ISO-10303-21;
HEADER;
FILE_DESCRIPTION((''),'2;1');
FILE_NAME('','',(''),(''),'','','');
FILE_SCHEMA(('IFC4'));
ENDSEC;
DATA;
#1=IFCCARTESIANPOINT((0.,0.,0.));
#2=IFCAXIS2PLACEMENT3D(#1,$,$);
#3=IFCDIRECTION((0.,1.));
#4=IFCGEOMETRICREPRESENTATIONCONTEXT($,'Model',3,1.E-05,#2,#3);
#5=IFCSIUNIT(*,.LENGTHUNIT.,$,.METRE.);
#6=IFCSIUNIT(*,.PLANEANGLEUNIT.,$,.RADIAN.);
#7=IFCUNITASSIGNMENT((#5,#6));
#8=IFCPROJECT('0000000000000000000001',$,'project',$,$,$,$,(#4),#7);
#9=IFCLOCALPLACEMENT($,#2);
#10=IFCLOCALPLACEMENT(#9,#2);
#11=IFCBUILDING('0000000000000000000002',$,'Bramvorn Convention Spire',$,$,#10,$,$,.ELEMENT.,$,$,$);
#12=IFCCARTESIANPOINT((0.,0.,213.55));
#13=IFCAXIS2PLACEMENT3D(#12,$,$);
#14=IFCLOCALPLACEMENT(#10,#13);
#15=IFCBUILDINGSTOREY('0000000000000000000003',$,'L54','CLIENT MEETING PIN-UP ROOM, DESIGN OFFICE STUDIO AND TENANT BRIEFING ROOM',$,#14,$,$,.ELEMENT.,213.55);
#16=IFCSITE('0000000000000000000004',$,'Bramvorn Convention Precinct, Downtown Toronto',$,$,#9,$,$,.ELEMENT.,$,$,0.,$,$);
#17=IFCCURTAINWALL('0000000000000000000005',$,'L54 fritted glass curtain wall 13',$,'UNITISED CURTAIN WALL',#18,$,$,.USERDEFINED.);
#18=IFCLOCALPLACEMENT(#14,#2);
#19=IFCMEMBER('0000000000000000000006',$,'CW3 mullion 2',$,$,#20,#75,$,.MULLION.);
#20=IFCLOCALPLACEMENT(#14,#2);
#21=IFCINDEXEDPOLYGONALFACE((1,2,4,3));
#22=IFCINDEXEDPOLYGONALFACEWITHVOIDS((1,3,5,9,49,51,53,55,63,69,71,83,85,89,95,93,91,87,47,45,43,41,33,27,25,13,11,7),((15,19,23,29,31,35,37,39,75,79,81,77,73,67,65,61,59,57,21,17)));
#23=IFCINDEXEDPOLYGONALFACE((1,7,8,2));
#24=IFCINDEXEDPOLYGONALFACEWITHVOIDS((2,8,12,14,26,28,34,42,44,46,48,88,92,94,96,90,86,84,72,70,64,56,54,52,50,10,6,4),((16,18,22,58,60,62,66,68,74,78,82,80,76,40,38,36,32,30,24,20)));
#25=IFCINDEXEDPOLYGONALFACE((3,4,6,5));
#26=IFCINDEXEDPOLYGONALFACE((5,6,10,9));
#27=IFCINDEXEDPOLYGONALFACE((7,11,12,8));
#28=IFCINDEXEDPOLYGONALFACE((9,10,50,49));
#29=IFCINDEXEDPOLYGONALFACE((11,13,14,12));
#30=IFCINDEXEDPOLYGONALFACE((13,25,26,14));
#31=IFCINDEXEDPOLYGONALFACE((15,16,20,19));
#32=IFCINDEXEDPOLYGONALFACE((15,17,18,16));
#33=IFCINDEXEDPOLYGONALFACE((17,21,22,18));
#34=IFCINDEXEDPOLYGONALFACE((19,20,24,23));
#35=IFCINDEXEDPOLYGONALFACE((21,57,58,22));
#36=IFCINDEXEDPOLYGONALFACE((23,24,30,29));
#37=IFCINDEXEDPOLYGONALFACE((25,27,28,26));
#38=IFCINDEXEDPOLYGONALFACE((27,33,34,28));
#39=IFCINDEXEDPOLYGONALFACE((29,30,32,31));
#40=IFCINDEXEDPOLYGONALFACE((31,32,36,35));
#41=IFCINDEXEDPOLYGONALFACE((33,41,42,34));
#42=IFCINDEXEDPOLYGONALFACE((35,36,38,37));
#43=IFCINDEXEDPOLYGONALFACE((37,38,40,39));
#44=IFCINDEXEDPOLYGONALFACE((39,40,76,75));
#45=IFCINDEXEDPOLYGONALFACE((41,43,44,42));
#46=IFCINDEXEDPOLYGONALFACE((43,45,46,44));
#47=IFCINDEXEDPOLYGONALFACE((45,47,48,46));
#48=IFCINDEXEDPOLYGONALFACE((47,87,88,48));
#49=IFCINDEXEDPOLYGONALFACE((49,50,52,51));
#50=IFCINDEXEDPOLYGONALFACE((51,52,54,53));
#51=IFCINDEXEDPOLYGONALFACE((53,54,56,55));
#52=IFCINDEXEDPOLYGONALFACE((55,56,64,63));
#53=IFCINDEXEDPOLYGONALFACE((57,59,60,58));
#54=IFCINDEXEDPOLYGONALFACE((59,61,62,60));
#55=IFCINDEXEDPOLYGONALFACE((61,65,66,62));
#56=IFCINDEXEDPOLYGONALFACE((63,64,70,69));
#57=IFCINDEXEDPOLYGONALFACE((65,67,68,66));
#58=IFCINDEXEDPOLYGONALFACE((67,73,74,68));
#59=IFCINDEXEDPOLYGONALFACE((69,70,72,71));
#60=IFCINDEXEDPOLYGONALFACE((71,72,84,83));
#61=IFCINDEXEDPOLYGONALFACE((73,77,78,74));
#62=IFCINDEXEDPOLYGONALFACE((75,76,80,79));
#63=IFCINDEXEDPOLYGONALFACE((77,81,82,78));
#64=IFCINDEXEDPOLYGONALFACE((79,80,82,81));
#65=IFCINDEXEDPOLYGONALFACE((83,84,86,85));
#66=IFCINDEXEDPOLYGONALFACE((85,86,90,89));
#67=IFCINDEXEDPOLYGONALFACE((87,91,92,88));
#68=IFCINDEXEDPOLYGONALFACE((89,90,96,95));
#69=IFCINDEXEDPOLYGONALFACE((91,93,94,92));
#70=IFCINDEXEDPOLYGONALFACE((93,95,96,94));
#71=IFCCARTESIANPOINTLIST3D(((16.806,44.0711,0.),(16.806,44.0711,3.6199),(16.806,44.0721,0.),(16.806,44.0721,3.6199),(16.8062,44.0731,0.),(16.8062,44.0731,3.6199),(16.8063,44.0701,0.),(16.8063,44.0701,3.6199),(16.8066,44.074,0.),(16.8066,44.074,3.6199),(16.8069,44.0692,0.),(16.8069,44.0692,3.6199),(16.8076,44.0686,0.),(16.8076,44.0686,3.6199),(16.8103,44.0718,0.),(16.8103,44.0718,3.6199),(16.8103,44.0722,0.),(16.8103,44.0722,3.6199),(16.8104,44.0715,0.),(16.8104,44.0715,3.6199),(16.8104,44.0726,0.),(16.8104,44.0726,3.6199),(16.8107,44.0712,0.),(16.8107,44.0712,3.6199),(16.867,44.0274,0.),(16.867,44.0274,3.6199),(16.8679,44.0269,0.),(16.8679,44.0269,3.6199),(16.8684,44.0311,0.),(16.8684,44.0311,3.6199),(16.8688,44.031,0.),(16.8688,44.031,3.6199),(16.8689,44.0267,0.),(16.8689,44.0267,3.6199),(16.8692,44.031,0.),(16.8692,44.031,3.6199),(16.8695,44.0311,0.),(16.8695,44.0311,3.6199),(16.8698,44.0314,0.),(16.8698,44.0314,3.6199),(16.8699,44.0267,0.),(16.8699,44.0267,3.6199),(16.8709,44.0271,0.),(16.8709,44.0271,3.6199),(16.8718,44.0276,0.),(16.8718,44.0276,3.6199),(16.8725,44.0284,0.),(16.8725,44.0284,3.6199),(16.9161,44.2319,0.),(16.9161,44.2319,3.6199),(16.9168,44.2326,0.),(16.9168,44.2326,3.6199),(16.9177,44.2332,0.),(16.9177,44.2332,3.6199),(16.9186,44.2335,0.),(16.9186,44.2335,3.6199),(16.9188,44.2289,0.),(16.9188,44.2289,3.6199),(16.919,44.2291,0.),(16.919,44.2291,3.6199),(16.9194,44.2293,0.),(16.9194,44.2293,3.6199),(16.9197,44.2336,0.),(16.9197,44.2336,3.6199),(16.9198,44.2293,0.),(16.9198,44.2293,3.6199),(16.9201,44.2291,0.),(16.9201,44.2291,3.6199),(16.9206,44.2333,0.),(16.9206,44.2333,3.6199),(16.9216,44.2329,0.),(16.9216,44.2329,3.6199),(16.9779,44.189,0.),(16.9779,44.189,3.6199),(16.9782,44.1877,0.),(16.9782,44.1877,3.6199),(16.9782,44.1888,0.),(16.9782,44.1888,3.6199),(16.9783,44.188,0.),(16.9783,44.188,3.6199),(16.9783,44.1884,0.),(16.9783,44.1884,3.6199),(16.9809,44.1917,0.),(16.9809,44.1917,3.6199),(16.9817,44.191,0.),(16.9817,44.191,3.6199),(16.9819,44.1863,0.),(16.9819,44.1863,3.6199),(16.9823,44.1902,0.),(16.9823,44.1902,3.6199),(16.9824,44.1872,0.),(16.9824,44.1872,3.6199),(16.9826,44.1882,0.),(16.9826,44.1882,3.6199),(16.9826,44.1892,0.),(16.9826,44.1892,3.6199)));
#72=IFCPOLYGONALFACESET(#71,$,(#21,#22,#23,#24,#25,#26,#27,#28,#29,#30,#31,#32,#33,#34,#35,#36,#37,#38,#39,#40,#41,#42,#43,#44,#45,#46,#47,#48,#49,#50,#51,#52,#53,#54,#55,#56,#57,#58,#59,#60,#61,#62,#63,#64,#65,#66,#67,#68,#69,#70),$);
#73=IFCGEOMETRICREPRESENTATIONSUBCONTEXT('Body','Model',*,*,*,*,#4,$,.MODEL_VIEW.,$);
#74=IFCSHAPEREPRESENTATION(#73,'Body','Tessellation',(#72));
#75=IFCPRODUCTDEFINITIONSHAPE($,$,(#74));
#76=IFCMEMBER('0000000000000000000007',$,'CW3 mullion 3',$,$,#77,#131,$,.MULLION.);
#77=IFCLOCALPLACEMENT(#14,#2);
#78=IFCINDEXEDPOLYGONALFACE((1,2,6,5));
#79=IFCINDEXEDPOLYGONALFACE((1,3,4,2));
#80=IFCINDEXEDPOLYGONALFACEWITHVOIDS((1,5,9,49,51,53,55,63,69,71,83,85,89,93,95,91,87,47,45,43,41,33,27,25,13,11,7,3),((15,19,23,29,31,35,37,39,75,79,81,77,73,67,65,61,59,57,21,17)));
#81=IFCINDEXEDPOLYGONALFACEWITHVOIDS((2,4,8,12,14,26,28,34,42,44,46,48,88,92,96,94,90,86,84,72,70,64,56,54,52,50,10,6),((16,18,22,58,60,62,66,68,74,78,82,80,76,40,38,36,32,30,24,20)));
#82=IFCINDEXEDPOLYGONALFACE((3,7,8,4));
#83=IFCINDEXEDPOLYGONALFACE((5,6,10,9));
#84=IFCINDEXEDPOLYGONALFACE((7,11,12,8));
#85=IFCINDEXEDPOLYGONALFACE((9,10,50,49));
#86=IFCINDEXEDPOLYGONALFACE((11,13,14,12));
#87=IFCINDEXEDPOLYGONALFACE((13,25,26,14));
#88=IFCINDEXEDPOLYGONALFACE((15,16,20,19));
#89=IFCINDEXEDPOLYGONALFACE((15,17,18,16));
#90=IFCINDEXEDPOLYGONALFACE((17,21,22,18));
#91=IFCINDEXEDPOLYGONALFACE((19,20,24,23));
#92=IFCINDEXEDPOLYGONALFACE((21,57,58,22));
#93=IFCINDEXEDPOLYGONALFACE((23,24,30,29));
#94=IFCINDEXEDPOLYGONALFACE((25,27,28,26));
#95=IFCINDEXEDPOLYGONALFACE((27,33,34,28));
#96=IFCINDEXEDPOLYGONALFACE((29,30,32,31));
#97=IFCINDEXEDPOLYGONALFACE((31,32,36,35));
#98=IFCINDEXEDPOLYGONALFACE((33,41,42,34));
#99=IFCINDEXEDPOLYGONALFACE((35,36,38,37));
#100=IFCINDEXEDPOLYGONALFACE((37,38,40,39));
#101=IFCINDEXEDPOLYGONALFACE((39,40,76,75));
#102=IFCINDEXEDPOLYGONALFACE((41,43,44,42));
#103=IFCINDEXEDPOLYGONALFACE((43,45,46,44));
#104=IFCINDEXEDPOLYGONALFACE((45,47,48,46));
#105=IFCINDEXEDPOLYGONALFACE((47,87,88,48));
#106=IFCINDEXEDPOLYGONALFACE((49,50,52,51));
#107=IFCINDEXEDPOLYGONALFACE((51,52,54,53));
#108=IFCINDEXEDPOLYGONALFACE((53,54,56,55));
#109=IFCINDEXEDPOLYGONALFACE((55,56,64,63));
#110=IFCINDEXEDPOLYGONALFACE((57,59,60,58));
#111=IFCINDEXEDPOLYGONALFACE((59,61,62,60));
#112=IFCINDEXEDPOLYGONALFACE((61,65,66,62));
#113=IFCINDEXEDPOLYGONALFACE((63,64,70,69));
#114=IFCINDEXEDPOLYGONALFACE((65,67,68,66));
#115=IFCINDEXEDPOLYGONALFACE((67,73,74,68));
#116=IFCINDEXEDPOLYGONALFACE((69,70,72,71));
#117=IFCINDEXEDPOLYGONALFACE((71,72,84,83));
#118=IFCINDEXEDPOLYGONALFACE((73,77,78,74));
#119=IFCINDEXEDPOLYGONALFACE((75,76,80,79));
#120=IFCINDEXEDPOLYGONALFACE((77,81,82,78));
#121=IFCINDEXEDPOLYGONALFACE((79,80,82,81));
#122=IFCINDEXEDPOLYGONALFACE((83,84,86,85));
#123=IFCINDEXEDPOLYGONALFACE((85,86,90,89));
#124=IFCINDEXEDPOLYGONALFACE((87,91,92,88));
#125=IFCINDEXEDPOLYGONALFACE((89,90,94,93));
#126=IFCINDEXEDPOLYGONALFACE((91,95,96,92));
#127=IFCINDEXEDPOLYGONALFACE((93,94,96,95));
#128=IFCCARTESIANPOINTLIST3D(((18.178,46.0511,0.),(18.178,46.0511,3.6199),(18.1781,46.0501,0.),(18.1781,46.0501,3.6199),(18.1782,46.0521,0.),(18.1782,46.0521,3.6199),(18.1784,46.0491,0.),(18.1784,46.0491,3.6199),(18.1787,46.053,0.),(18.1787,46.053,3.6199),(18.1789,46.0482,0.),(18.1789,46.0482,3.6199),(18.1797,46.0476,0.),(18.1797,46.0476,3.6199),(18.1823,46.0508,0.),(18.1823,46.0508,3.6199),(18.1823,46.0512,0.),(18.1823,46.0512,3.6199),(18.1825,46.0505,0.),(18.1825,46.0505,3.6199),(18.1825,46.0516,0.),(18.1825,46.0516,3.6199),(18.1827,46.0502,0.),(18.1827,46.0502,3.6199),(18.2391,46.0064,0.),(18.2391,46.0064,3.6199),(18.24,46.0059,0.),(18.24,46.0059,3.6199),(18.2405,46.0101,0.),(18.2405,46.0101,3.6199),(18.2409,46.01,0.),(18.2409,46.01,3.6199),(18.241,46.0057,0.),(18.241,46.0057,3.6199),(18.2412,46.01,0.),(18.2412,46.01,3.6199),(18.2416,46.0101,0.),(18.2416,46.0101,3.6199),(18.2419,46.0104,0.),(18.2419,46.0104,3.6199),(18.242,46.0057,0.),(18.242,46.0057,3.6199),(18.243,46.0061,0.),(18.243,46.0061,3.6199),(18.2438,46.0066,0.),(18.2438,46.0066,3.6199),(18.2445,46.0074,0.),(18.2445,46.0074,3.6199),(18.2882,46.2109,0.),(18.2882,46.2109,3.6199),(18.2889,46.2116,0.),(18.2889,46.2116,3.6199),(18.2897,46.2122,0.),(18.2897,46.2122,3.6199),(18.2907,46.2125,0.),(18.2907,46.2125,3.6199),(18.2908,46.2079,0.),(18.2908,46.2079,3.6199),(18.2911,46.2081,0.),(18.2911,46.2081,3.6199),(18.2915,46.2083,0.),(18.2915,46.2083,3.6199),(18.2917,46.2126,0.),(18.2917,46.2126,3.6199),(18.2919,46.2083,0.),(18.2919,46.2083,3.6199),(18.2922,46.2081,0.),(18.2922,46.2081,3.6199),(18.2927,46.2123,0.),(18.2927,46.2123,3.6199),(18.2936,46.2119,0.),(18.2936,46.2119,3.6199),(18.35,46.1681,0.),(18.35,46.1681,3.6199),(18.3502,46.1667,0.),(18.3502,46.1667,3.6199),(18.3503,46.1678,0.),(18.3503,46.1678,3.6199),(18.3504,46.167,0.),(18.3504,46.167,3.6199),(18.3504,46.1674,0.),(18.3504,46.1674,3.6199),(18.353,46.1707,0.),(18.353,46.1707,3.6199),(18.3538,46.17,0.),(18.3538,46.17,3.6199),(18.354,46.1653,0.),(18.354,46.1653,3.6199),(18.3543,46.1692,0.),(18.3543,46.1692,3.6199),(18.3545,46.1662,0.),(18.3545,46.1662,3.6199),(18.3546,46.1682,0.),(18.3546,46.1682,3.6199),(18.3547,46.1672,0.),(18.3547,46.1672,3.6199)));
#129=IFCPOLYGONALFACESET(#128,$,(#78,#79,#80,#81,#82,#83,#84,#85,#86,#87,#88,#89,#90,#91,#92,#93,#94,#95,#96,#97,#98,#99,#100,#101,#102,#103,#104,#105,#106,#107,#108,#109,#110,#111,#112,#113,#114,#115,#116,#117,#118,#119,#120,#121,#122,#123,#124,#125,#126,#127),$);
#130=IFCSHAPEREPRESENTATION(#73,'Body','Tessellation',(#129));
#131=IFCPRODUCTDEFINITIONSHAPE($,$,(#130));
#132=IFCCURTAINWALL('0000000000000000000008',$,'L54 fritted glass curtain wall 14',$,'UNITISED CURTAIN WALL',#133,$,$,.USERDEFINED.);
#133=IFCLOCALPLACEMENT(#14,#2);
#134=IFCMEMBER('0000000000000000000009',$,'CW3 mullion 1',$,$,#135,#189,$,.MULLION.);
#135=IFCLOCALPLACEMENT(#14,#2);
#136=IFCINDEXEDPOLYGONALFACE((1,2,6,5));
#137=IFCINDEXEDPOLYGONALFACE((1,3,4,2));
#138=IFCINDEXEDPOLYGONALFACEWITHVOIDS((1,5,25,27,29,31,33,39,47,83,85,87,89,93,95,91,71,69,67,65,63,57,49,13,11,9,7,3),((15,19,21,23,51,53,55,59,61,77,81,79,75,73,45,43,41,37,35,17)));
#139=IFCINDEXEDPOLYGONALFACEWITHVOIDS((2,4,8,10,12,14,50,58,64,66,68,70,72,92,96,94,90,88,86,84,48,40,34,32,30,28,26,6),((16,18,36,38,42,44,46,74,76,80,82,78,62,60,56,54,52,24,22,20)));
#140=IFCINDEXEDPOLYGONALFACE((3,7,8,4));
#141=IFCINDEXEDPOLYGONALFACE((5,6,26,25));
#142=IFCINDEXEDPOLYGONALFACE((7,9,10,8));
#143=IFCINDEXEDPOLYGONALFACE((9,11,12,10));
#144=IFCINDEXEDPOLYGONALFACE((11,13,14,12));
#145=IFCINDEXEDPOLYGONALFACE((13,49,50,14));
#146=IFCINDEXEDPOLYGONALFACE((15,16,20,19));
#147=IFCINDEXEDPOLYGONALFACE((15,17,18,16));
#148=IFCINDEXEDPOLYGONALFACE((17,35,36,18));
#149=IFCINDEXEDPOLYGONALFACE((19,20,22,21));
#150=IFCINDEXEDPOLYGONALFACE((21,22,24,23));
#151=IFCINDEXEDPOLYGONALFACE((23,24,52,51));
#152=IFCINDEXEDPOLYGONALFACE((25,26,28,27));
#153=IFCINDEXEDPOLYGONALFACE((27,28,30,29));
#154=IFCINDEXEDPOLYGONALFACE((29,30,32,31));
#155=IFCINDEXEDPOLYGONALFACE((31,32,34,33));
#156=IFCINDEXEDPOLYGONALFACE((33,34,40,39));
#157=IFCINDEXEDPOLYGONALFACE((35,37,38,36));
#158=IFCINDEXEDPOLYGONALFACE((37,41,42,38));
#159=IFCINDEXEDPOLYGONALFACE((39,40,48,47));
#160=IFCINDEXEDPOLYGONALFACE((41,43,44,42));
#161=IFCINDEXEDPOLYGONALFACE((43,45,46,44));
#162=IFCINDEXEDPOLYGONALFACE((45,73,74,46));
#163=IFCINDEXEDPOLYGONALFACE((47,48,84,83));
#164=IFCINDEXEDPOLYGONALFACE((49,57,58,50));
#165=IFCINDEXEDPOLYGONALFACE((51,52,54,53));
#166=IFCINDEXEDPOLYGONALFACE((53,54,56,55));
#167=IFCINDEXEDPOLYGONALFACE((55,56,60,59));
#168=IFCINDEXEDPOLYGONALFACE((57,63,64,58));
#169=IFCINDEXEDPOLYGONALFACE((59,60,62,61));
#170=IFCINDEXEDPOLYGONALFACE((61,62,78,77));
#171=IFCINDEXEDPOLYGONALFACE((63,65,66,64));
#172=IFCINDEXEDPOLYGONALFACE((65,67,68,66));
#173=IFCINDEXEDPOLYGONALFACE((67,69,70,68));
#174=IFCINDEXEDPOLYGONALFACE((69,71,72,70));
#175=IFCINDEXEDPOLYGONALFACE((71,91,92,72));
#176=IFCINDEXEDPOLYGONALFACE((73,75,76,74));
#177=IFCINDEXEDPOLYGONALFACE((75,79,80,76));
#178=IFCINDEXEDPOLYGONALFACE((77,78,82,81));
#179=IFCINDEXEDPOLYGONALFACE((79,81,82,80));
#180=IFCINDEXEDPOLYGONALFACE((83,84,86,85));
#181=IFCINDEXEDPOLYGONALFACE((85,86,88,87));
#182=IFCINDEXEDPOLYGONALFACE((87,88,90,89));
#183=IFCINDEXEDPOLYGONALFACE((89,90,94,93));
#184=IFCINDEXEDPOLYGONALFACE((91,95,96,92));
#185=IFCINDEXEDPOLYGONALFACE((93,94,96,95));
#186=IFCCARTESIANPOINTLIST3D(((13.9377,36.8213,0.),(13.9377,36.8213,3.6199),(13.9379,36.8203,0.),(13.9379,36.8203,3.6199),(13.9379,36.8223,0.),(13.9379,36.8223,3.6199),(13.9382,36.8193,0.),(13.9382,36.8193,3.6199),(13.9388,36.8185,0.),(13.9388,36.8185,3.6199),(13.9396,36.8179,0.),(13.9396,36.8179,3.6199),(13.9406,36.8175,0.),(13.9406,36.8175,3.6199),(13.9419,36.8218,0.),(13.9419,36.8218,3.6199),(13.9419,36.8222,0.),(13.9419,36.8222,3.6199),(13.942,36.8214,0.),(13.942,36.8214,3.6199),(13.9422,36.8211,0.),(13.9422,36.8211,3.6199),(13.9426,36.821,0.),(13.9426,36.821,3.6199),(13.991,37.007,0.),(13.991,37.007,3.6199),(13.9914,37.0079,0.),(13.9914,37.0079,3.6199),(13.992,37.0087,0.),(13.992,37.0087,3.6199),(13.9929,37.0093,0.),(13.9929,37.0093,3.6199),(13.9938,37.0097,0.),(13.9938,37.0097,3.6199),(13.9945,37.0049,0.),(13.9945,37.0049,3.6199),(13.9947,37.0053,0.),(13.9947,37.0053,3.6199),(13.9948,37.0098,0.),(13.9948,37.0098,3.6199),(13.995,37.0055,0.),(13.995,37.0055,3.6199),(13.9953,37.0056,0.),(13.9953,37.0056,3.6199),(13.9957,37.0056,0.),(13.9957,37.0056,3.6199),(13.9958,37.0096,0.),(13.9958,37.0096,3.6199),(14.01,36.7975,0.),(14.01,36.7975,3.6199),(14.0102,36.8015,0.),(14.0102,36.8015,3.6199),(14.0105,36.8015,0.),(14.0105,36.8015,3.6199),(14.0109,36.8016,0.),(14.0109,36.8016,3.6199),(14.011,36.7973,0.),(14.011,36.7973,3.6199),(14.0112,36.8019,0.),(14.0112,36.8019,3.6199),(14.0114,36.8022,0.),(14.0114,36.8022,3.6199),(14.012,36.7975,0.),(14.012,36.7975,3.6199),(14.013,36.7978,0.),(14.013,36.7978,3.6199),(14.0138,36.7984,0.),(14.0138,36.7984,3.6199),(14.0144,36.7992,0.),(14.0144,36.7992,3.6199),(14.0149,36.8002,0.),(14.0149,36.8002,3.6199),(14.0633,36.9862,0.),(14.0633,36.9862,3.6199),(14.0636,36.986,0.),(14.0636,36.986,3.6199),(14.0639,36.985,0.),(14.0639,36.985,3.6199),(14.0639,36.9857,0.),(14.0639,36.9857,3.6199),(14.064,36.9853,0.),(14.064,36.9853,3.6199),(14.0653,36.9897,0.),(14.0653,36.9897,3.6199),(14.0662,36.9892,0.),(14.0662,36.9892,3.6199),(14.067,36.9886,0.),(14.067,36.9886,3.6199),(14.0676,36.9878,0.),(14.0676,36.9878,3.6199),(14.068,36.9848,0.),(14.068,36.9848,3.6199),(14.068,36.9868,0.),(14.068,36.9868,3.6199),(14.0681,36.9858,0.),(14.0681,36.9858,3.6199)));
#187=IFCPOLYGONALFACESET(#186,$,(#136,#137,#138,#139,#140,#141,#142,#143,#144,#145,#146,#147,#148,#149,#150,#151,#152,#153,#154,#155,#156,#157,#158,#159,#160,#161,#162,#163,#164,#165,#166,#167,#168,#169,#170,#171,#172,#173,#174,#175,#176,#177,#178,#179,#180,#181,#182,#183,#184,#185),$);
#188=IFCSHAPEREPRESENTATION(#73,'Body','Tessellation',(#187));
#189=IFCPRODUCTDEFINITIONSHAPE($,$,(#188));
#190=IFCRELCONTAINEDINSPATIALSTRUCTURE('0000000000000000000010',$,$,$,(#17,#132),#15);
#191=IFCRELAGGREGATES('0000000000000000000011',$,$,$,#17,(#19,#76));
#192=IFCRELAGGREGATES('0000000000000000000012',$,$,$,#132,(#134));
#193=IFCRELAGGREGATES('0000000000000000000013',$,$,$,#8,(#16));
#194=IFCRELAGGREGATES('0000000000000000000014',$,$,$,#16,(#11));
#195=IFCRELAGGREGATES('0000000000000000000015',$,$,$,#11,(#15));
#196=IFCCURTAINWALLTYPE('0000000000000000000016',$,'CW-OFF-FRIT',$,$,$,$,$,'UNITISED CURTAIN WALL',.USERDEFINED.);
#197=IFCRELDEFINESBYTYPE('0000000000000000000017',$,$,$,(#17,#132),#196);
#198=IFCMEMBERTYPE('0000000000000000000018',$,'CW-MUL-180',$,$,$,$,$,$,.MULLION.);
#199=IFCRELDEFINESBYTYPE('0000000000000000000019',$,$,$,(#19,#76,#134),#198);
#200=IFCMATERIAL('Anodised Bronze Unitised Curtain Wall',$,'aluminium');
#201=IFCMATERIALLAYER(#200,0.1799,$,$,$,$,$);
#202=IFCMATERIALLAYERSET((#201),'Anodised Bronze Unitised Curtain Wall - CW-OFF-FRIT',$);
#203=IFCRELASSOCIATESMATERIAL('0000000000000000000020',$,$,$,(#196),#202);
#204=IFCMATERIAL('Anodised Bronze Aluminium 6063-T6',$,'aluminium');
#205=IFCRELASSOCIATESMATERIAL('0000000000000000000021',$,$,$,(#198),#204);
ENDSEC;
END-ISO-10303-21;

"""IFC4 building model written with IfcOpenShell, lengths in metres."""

from ifc_helpers import new_model, si_unit, direction, frame, origin, origin_2d, place, context, subcontext, project, spatial, hollow_rectangle, extrude, material, layer, layer_set, material_profile, profile_set, type_object, element, aggregate, save


model = new_model("IFC4")

# Units and contexts
model_context = context("Model", 3, precision=1e-05, world=origin(), true_north=direction((0.0, 1.0)))
body_context = subcontext(model_context, "Body", "Model", "MODEL_VIEW")
ifc_project = project(units=[si_unit("LENGTHUNIT", "METRE"), si_unit("PLANEANGLEUNIT", "RADIAN")], contexts=[model_context])

# Site, building, storey
site_placement = place(None, origin())
site = spatial("IfcSite", under=ifc_project, at=site_placement, Name="Bramvorn Convention Precinct, Downtown Toronto", CompositionType="ELEMENT", RefElevation=0.0)
building_placement = place(site_placement, origin())
building = spatial("IfcBuilding", under=site, at=building_placement, Name="Bramvorn Convention Spire", CompositionType="ELEMENT")
storey_placement = place(building_placement, frame((0.0, 0.0, 213.55)))
storey = spatial("IfcBuildingStorey", under=building, at=storey_placement, Name="L54", Description="CLIENT MEETING PIN-UP ROOM, DESIGN OFFICE STUDIO AND TENANT BRIEFING ROOM", CompositionType="ELEMENT", Elevation=213.55)

# Curtain walls, members
ifc_material_1 = material(Name="Anodised Bronze Unitised Curtain Wall", Category="aluminium")
ifc_layer_1 = layer(ifc_material_1, 0.1799)
ifc_layer_set_1 = layer_set([ifc_layer_1], Name="Anodised Bronze Unitised Curtain Wall - CW-OFF-FRIT")
curtain_wall_type = type_object("IfcCurtainWallType", Name="CW-OFF-FRIT", ElementType="UNITISED CURTAIN WALL", PredefinedType="USERDEFINED", material=ifc_layer_set_1)
curtain_wall_1_placement = place(storey_placement, origin())
curtain_wall_1 = element("IfcCurtainWall", 1, at=curtain_wall_1_placement, inside=storey, type_object=curtain_wall_type, Name="L54 fritted glass curtain wall 13", ObjectType="UNITISED CURTAIN WALL", PredefinedType="USERDEFINED")
ifc_material_2 = material(Name="Anodised Bronze Aluminium 6063-T6", Category="aluminium")
ifc_material_profile_1 = material_profile(ifc_material_2, hollow_rectangle(XDim=0.0801, YDim=0.2, WallThickness=0.0039, InnerFilletRadius=0.001, OuterFilletRadius=0.0039, at=origin_2d()))
ifc_profile_set_1 = profile_set([ifc_material_profile_1], Name="Anodised Bronze Aluminium 6063-T6 - CWM80X200")
member_type_1 = type_object("IfcMemberType", Name="CW-MUL-180", PredefinedType="MULLION", material=ifc_profile_set_1)
member_1_placement = place(storey_placement, frame((16.8943, 44.1301, 0.0), z_axis=(0.0, 0.0, 1.0), x_axis=(-0.821813, 0.569757, 0.0)))
member_1 = element("IfcMember", 2, at=member_1_placement, type_object=member_type_1, Name="CW3 mullion 2", PredefinedType="MULLION", context=body_context, shape_type="SweptSolid", body=[
    extrude(hollow_rectangle(XDim=0.0801, YDim=0.2, WallThickness=0.0039, InnerFilletRadius=0.001, OuterFilletRadius=0.0039, at=origin_2d()), origin(), (0.0, 0.0, 1.0), 3.6199),
])
member_2_placement = place(storey_placement, frame((18.2664, 46.1091, 0.0), z_axis=(0.0, 0.0, 1.0), x_axis=(-0.821813, 0.569757, 0.0)))
member_2 = element("IfcMember", 3, at=member_2_placement, type_object=member_type_1, Name="CW3 mullion 3", PredefinedType="MULLION", context=body_context, shape_type="SweptSolid", body=[
    extrude(hollow_rectangle(XDim=0.0801, YDim=0.2, WallThickness=0.0039, InnerFilletRadius=0.001, OuterFilletRadius=0.0039, at=origin_2d()), origin(), (0.0, 0.0, 1.0), 3.6199),
])
curtain_wall_2_placement = place(storey_placement, origin())
curtain_wall_2 = element("IfcCurtainWall", 4, at=curtain_wall_2_placement, inside=storey, type_object=curtain_wall_type, Name="L54 fritted glass curtain wall 14", ObjectType="UNITISED CURTAIN WALL", PredefinedType="USERDEFINED")
member_3_placement = place(storey_placement, frame((14.0029, 36.9036, 0.0), z_axis=(0.0, 0.0, 1.0), x_axis=(-0.961037, 0.27642, 0.0)))
member_3 = element("IfcMember", 5, at=member_3_placement, type_object=member_type_1, Name="CW3 mullion 1", PredefinedType="MULLION", context=body_context, shape_type="SweptSolid", body=[
    extrude(hollow_rectangle(XDim=0.0801, YDim=0.2, WallThickness=0.0039, InnerFilletRadius=0.001, OuterFilletRadius=0.0039, at=origin_2d()), origin(), (0.0, 0.0, 1.0), 3.6199),
])

aggregate(curtain_wall_1, [member_1, member_2])
aggregate(curtain_wall_2, [member_3])

save(model, "model.ifc")
